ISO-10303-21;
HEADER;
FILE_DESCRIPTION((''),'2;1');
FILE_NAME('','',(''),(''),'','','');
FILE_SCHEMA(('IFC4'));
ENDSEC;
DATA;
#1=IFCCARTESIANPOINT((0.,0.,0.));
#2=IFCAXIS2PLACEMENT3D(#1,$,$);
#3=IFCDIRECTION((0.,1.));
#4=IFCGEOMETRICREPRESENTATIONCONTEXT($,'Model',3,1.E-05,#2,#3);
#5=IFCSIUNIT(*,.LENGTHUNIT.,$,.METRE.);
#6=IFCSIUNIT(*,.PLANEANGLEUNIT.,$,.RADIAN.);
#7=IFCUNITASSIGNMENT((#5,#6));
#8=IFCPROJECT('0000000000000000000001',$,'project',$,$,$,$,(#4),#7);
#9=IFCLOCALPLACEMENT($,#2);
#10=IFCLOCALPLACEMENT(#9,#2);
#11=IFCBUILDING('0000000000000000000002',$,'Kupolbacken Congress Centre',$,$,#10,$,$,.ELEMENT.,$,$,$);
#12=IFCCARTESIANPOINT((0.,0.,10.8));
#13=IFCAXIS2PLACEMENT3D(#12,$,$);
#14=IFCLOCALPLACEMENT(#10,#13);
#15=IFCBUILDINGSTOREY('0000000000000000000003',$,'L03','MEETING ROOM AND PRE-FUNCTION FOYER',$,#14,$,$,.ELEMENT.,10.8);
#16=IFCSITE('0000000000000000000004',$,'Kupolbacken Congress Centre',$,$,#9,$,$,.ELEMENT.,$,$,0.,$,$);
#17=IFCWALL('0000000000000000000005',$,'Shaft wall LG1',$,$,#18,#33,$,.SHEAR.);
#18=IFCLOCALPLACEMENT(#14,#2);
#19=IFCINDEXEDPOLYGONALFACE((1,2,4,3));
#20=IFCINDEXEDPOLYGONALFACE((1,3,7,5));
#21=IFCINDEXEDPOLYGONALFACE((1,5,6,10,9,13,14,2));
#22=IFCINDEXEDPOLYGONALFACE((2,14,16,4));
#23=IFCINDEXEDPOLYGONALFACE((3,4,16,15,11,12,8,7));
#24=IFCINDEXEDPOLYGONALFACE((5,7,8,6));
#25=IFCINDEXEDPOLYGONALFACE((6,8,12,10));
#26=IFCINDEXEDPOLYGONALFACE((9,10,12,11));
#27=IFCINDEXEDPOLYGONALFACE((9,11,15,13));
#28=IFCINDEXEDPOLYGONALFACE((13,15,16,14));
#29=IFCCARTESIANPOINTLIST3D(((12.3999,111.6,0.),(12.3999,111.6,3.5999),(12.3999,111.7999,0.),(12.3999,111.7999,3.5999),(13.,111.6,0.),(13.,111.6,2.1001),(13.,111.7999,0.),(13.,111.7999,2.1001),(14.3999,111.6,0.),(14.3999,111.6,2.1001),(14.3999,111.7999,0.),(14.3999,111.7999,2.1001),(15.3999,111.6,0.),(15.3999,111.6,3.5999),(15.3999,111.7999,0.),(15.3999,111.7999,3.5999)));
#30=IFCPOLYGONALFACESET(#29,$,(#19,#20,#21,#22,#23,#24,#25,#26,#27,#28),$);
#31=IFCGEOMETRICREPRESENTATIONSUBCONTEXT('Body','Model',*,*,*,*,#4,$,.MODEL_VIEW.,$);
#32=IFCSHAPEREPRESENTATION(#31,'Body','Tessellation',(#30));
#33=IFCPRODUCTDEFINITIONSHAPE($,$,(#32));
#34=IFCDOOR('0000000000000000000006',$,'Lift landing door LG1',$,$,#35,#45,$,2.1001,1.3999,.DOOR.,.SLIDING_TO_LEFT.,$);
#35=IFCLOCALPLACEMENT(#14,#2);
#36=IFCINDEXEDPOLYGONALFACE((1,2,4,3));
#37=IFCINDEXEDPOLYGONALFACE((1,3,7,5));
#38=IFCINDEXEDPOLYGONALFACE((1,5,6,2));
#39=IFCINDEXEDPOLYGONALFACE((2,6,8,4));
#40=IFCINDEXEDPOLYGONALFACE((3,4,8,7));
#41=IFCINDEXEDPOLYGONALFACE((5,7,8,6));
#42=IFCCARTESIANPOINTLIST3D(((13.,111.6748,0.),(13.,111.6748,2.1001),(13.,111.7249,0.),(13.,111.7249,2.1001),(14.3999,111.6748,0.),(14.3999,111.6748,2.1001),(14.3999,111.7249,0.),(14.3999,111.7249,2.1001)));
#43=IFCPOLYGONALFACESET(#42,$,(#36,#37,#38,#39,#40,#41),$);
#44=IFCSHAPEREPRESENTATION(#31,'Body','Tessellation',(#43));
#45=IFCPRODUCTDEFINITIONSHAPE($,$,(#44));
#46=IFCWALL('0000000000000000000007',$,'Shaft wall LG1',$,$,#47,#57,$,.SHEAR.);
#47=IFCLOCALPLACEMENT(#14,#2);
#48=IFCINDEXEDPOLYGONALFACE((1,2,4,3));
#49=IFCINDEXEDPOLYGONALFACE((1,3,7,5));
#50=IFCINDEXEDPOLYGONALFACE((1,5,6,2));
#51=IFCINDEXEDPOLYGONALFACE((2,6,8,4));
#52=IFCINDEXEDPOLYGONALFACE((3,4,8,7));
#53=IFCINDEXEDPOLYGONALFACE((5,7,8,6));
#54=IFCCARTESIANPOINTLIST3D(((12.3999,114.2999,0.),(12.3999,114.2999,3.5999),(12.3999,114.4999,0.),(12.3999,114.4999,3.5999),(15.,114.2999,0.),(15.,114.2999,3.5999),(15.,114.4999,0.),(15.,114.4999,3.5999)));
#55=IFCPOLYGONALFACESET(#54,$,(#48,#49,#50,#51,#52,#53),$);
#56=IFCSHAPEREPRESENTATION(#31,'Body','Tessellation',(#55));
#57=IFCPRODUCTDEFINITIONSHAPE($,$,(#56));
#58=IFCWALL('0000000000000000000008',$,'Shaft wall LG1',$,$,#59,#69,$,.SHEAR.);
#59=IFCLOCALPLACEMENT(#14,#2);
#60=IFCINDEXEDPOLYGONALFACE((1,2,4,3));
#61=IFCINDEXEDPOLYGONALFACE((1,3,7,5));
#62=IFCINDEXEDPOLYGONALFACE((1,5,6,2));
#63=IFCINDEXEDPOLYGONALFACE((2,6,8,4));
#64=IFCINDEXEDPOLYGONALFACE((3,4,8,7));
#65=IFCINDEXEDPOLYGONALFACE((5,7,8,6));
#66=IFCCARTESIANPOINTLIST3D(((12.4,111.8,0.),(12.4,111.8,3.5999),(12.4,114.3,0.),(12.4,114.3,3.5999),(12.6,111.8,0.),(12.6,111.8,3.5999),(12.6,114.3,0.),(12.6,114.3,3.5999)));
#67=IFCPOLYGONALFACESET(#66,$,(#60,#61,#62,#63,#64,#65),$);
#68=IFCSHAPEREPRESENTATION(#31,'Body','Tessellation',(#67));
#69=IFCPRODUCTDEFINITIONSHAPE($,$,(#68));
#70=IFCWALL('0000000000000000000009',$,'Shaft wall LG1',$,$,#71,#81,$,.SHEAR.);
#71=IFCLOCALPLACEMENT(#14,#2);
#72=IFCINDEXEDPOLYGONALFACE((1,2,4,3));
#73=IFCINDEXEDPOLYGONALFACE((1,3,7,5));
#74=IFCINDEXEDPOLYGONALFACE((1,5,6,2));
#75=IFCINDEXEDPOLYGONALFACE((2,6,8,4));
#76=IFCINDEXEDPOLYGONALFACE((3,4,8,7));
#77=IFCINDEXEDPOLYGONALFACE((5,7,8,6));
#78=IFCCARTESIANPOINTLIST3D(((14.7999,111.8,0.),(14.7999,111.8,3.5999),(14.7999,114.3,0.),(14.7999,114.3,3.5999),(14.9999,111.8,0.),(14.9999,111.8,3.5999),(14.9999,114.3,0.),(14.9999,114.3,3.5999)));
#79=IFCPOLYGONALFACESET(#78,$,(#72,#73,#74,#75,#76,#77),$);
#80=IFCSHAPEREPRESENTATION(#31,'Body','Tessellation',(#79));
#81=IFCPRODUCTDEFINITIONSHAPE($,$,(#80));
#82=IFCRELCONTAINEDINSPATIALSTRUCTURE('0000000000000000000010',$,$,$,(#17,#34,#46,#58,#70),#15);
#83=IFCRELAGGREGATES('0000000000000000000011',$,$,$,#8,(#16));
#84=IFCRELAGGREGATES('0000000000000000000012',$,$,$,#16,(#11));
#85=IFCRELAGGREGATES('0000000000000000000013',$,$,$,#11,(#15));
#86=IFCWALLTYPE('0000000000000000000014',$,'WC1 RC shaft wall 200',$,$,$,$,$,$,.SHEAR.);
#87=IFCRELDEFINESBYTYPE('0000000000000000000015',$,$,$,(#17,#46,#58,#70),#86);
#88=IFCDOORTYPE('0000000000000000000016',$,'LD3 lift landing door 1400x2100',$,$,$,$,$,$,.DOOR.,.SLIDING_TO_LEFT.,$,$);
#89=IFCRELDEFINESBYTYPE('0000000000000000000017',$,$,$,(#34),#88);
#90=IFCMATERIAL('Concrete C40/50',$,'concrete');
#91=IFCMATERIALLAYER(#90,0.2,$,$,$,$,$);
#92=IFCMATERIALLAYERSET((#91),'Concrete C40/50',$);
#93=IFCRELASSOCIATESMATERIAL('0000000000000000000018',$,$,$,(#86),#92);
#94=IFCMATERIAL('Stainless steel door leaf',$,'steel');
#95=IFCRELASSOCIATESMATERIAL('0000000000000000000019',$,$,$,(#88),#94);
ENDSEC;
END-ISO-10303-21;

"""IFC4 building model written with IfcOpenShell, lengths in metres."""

from ifc_helpers import new_model, si_unit, direction, frame, frame_2d, origin, place, context, subcontext, project, spatial, rectangle, extrude, material, layer, layer_set, type_object, element, fill, save


model = new_model("IFC4")

# Units and contexts
model_context = context("Model", 3, precision=1e-05, world=origin(), true_north=direction((0.0, 1.0)))
body_context = subcontext(model_context, "Body", "Model", "MODEL_VIEW")
ifc_project = project(units=[si_unit("LENGTHUNIT", "METRE"), si_unit("PLANEANGLEUNIT", "RADIAN")], contexts=[model_context])

# Site, building, storey
site_placement = place(None, origin())
site = spatial("IfcSite", under=ifc_project, at=site_placement, Name="Kupolbacken Congress Centre", CompositionType="ELEMENT", RefElevation=0.0)
building_placement = place(site_placement, origin())
building = spatial("IfcBuilding", under=site, at=building_placement, Name="Kupolbacken Congress Centre", CompositionType="ELEMENT")
storey_placement = place(building_placement, frame((0.0, 0.0, 10.8)))
storey = spatial("IfcBuildingStorey", under=building, at=storey_placement, Name="L03", Description="MEETING ROOM AND PRE-FUNCTION FOYER", CompositionType="ELEMENT", Elevation=10.8)

# Shared definitions
ifc_material_1 = material(Name="Concrete C40/50", Category="concrete")
ifc_layer_1 = layer(ifc_material_1, 0.2)
ifc_layer_set_1 = layer_set([ifc_layer_1], Name="Concrete C40/50")
wall_type_1 = type_object("IfcWallType", Name="WC1 RC shaft wall 200", PredefinedType="SHEAR", material=ifc_layer_set_1)

# Wall, opening, door
wall_1_placement = place(storey_placement, frame((12.3999, 111.7, 0.0), z_axis=(0.0, 0.0, 1.0), x_axis=(1.0, 0.0, 0.0)))
wall_1 = element("IfcWall", 1, at=wall_1_placement, inside=storey, type_object=wall_type_1, Name="Shaft wall LG1", PredefinedType="SHEAR", context=body_context, shape_type="SweptSolid", body=[
    extrude(rectangle(XDim=3.0, YDim=0.2, at=frame_2d((1.5, 0.0))), origin(), (0.0, 0.0, 1.0), 3.5999),
])
opening_1_placement = place(wall_1_placement, frame((0.6001, 0.0, 0.0)))
opening_1 = element("IfcOpeningElement", 2, at=opening_1_placement, cuts=wall_1, PredefinedType="OPENING", context=body_context, shape_type="SweptSolid", body=[
    extrude(rectangle(XDim=1.3999, YDim=2.1001, at=frame_2d((0.7, 1.05))), frame((0.0, 0.1099, 0.0), z_axis=(0.0, -1.0, 0.0), x_axis=(1.0, 0.0, 0.0)), (0.0, 0.0, 1.0), 0.22),
])
ifc_material_2 = material(Name="Stainless steel door leaf", Category="steel")
door_type_1 = type_object("IfcDoorType", Name="LD3 lift landing door 1400x2100", OperationType="SLIDING_TO_LEFT", PredefinedType="DOOR", material=ifc_material_2)
door_1_placement = place(opening_1_placement, origin())
door_1 = element("IfcDoor", 3, at=door_1_placement, inside=storey, type_object=door_type_1, Name="Lift landing door LG1", OperationType="SLIDING_TO_LEFT", OverallHeight=2.1001, OverallWidth=1.3999, PredefinedType="DOOR", context=body_context, shape_type="SweptSolid", body=[
    extrude(rectangle(XDim=1.3999, YDim=2.1001, at=frame_2d((0.7, 1.05))), frame((0.0, 0.0249, 0.0), z_axis=(0.0, -1.0, 0.0), x_axis=(1.0, 0.0, 0.0)), (0.0, 0.0, 1.0), 0.05),
])
fill(opening_1, door_1)

# Walls
wall_2_placement = place(storey_placement, frame((12.3999, 114.3999, 0.0), z_axis=(0.0, 0.0, 1.0), x_axis=(1.0, 0.0, 0.0)))
element("IfcWall", 4, at=wall_2_placement, inside=storey, type_object=wall_type_1, Name="Shaft wall LG1", PredefinedType="SHEAR", context=body_context, shape_type="SweptSolid", body=[
    extrude(rectangle(XDim=2.6001, YDim=0.2, at=frame_2d((1.3, 0.0))), origin(), (0.0, 0.0, 1.0), 3.5999),
])
for number, where, z_axis, x_axis, name in (
    (5, (12.5, 111.8, 0.0), (0.0, 0.0, 1.0), (0.0, 1.0, 0.0), "Shaft wall LG1"),
    (6, (14.8999, 111.8, 0.0), (0.0, 0.0, 1.0), (0.0, 1.0, 0.0), "Shaft wall LG1"),
):
    element("IfcWall", number, at=place(storey_placement, frame(where, z_axis=z_axis, x_axis=x_axis)), inside=storey, type_object=wall_type_1, Name=name, PredefinedType="SHEAR", context=body_context, shape_type="SweptSolid", body=[
        extrude(rectangle(XDim=2.5, YDim=0.2, at=frame_2d((1.25, 0.0))), origin(), (0.0, 0.0, 1.0), 3.5999),
    ])

save(model, "model.ifc")
